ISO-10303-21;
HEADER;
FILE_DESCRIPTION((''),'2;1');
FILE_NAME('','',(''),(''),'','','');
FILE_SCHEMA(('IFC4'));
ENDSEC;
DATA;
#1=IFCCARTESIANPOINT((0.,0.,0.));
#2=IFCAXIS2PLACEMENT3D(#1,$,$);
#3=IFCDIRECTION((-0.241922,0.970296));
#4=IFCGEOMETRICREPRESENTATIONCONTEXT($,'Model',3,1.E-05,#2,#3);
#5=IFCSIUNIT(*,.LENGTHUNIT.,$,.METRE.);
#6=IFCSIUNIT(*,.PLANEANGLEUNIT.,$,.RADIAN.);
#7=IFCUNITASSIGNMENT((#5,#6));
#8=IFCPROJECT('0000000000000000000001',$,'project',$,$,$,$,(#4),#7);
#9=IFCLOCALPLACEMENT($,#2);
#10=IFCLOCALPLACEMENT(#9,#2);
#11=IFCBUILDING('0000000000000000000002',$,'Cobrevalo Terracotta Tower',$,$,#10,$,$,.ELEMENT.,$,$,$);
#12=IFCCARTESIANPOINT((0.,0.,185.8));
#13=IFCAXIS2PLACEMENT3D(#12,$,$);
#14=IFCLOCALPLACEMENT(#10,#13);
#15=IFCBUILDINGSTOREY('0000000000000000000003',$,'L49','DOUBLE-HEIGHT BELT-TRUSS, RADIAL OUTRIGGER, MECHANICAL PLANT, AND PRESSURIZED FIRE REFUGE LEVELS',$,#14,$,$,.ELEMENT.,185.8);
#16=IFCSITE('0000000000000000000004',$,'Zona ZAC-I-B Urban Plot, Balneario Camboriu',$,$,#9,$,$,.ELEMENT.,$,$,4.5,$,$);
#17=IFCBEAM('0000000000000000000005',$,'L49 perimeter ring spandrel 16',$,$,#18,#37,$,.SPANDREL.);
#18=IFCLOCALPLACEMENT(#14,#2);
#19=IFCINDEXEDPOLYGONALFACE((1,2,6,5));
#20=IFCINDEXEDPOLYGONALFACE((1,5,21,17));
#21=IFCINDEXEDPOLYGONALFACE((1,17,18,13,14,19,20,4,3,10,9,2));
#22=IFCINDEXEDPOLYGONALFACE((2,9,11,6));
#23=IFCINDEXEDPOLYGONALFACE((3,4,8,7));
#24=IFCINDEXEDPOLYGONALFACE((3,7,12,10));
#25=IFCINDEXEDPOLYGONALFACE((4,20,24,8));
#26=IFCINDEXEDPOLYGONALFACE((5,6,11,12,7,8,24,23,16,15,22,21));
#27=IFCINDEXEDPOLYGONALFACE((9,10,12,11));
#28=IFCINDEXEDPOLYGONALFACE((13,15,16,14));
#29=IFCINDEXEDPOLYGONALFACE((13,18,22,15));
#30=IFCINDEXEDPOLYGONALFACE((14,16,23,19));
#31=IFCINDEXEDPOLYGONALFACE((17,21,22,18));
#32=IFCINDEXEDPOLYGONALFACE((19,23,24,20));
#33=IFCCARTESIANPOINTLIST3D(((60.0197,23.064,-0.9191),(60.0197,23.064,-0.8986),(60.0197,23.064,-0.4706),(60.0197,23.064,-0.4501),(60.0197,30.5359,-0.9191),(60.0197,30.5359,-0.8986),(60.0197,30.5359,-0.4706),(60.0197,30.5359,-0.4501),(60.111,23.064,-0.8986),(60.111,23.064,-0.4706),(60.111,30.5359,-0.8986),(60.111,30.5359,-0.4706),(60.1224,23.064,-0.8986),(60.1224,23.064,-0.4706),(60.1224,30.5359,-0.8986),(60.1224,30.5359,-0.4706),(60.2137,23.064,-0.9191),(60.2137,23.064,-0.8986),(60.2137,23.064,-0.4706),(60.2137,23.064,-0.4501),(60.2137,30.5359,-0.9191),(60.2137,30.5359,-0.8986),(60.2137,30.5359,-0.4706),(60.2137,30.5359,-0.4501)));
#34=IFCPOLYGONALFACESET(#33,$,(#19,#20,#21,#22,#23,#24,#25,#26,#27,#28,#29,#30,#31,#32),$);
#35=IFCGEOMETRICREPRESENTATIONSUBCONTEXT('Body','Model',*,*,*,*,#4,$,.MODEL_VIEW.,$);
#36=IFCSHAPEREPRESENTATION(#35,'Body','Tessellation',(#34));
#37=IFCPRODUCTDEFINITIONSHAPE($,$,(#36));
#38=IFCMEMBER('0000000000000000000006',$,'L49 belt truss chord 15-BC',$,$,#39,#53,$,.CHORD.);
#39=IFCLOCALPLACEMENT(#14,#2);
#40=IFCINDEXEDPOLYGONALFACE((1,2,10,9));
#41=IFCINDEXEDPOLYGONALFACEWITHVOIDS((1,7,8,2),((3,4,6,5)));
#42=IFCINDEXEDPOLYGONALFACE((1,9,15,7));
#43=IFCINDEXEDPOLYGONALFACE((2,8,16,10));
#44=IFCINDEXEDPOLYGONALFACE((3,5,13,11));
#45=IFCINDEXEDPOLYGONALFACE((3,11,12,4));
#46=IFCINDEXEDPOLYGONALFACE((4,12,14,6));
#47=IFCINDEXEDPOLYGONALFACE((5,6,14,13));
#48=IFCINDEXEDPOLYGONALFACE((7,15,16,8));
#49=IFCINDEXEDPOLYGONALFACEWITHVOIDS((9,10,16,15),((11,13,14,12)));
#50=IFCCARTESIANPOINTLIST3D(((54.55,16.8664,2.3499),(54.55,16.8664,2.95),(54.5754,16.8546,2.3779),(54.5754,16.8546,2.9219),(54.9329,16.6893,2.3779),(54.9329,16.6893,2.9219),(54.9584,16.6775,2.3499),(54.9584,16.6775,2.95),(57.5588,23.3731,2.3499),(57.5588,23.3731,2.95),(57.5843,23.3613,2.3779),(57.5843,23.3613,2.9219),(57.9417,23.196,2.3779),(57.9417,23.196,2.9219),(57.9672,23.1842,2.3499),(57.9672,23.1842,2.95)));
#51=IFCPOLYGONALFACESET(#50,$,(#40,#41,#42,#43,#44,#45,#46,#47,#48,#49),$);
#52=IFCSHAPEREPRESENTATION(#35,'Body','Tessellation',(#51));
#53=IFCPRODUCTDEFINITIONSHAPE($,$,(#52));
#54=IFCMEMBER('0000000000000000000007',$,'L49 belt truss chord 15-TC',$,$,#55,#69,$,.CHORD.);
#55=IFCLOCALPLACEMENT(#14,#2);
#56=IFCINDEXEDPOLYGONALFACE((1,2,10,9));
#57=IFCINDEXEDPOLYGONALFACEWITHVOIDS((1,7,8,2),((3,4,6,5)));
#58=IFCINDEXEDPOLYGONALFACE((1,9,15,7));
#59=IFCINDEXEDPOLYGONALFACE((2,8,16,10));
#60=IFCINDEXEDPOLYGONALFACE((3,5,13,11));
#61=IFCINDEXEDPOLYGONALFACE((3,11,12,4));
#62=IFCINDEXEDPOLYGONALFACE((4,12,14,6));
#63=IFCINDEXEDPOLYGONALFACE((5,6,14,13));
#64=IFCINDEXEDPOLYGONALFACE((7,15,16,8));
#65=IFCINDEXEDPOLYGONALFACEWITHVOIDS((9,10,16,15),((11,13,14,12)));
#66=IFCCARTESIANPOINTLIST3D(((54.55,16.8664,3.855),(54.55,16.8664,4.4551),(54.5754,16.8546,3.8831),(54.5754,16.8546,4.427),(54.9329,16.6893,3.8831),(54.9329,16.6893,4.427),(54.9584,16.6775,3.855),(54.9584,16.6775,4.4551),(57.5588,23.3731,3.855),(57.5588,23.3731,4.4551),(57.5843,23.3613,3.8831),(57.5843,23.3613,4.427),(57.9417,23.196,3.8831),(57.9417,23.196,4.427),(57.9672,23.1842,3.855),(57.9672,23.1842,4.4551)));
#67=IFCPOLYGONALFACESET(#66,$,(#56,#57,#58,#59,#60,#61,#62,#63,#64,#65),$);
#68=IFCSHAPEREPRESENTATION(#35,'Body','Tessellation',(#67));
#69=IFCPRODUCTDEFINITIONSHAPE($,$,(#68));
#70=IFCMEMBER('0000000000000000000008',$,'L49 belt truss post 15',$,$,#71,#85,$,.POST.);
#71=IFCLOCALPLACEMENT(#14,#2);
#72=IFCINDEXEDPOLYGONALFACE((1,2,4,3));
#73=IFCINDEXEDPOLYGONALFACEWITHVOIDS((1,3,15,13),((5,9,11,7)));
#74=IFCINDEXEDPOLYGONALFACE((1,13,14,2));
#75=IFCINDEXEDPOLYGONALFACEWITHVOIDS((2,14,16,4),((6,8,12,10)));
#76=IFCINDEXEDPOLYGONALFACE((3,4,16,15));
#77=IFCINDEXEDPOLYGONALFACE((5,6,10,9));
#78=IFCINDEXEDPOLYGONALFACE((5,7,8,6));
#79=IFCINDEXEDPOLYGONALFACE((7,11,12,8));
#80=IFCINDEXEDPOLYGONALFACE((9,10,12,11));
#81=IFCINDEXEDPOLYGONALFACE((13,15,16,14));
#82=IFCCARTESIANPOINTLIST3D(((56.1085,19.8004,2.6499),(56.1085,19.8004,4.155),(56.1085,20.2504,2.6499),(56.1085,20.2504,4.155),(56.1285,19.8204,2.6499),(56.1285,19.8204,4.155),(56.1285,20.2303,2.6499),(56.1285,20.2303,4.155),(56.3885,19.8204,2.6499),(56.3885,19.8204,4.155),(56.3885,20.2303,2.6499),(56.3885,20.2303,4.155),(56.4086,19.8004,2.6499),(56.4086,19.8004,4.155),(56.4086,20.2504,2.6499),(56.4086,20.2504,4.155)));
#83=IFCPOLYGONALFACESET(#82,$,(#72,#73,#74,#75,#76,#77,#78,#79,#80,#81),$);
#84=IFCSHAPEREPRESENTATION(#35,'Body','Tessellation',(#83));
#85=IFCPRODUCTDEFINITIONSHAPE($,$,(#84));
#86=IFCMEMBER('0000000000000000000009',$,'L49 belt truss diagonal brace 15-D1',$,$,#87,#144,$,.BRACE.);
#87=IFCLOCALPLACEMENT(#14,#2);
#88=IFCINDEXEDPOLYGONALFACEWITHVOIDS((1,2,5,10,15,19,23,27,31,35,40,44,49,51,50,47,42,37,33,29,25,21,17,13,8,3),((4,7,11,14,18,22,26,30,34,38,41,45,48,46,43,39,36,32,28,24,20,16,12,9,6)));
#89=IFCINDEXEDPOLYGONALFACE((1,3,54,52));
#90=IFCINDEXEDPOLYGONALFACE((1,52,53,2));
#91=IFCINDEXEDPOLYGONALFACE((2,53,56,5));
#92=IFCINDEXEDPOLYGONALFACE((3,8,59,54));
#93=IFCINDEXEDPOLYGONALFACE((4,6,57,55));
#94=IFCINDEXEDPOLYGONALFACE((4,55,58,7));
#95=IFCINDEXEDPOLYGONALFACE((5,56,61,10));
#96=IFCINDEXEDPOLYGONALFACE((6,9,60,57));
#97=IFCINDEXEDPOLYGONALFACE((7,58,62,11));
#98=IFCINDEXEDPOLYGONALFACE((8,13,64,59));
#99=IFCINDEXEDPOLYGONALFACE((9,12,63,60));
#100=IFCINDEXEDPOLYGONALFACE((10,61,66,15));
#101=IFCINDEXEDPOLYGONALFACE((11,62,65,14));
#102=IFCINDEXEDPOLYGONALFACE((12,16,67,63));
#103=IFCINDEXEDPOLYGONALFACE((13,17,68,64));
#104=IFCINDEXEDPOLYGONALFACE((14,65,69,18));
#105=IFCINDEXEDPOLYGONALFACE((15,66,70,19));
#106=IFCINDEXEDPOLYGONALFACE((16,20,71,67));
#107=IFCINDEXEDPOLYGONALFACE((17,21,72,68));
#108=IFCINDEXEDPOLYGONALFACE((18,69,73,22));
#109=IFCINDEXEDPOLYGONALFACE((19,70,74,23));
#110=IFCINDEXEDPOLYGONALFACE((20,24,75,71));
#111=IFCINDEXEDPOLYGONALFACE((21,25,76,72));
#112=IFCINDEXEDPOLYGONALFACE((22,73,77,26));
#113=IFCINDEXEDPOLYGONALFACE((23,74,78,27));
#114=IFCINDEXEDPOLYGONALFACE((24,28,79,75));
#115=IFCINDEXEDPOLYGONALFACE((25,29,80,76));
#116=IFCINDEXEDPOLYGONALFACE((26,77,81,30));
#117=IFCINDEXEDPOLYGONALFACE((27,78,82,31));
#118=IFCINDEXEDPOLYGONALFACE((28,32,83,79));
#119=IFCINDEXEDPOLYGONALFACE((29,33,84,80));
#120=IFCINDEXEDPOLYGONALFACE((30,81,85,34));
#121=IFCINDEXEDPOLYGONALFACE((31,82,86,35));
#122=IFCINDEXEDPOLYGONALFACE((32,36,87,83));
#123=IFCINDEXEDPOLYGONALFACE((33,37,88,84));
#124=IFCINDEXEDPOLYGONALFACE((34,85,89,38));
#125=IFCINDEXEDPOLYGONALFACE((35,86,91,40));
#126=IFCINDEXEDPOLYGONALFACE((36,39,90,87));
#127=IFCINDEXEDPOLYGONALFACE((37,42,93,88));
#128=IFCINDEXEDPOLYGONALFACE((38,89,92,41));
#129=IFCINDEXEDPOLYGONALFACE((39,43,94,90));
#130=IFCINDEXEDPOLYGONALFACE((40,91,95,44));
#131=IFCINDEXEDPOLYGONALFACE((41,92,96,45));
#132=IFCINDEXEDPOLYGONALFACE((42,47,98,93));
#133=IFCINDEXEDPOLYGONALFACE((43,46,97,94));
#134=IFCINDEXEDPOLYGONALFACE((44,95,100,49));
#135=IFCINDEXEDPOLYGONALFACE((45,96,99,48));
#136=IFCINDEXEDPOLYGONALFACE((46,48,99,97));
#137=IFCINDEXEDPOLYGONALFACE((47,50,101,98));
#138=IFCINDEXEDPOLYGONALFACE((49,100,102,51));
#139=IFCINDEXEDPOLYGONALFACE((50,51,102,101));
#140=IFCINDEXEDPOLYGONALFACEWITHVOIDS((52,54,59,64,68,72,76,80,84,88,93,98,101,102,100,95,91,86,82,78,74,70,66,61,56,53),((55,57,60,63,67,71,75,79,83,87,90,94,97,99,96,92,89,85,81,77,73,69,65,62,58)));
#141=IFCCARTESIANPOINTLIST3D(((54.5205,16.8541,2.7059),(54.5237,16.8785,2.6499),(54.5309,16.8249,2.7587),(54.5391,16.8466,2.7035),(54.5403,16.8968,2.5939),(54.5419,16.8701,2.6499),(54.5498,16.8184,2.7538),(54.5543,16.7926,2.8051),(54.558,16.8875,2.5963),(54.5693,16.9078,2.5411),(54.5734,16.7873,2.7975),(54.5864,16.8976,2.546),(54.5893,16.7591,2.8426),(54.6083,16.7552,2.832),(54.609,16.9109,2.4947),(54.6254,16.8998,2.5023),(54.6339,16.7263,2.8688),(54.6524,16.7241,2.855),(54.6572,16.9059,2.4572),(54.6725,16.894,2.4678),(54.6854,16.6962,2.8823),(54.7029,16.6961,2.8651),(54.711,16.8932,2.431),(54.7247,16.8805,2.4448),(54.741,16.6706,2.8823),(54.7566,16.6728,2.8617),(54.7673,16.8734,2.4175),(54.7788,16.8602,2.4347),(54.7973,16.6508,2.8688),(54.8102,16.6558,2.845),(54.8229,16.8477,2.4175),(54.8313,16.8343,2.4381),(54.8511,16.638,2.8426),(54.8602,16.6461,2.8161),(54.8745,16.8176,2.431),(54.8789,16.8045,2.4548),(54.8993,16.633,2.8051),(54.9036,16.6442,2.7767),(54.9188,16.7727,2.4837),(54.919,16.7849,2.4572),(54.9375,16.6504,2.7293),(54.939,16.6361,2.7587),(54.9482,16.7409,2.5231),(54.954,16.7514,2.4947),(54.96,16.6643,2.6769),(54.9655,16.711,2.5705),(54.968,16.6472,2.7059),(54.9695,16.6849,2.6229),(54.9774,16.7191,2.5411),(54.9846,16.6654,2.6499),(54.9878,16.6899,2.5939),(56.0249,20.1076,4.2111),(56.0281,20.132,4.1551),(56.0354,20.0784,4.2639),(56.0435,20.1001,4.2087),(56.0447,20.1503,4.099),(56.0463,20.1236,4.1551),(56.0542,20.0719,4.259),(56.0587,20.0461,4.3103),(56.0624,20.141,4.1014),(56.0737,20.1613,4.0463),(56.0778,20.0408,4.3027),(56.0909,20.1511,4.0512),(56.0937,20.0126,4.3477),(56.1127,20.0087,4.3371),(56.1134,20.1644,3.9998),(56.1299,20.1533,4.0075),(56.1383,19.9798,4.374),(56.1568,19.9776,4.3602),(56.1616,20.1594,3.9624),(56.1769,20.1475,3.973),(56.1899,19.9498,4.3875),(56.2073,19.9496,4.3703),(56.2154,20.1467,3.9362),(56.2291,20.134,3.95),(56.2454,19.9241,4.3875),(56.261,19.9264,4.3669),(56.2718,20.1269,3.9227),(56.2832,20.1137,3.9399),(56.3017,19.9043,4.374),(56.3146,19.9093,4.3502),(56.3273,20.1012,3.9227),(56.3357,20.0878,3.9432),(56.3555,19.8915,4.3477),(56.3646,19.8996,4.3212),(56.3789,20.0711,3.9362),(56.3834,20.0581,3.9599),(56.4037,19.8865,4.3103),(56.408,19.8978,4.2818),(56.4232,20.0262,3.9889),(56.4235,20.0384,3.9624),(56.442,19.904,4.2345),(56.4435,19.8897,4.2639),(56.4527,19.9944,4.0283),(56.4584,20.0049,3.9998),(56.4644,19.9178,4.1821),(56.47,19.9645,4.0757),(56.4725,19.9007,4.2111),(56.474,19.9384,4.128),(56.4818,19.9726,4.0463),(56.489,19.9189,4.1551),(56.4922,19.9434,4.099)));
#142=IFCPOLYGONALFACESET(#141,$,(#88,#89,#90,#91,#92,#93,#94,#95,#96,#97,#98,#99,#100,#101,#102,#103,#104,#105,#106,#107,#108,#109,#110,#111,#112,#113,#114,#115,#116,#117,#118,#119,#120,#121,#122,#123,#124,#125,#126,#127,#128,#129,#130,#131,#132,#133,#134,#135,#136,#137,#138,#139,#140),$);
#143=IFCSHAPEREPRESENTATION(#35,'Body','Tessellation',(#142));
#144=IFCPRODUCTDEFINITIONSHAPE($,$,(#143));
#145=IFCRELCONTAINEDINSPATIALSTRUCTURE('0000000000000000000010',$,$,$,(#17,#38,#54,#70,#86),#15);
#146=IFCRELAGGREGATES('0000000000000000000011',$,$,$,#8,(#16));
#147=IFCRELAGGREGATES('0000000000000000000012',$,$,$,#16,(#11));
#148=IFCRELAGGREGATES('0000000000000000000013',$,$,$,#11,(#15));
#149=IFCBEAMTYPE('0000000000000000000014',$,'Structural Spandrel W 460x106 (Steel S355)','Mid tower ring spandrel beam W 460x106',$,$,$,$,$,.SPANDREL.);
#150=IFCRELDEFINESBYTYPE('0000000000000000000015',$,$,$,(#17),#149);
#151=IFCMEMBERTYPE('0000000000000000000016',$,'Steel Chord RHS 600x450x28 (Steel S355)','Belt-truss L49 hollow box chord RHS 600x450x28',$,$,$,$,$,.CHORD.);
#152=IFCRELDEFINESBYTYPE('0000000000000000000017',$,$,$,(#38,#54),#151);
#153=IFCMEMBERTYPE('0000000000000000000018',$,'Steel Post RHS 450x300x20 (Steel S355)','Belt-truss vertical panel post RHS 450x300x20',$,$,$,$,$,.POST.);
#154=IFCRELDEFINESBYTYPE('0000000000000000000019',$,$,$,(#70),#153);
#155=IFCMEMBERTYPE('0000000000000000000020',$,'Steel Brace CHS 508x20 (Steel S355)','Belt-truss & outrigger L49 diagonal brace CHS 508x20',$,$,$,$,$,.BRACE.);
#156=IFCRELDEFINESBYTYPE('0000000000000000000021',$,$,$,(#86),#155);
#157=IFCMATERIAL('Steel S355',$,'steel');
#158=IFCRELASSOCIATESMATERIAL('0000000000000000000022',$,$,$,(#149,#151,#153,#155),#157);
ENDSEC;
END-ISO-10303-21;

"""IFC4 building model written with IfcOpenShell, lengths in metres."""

from ifc_helpers import new_model, si_unit, direction, frame, origin, origin_2d, place, context, subcontext, project, spatial, hollow_rectangle, hollow_circle, i_section, extrude, source, transform, mapped, material, material_profile, profile_set, type_object, element, save


model = new_model("IFC4")

# Units and contexts
model_context = context("Model", 3, precision=1e-05, world=origin(), true_north=direction((-0.241922, 0.970296)))
body_context = subcontext(model_context, "Body", "Model", "MODEL_VIEW")
ifc_project = project(units=[si_unit("LENGTHUNIT", "METRE"), si_unit("PLANEANGLEUNIT", "RADIAN")], contexts=[model_context])

# Site, building, storey
site_placement = place(None, origin())
site = spatial("IfcSite", under=ifc_project, at=site_placement, Name="Zona ZAC-I-B Urban Plot, Balneario Camboriu", CompositionType="ELEMENT", RefElevation=4.5)
building_placement = place(site_placement, origin())
building = spatial("IfcBuilding", under=site, at=building_placement, Name="Cobrevalo Terracotta Tower", CompositionType="ELEMENT")
storey_placement = place(building_placement, frame((0.0, 0.0, 185.8)))
storey = spatial("IfcBuildingStorey", under=building, at=storey_placement, Name="L49", Description="DOUBLE-HEIGHT BELT-TRUSS, RADIAL OUTRIGGER, MECHANICAL PLANT, AND PRESSURIZED FIRE REFUGE LEVELS", CompositionType="ELEMENT", Elevation=185.8)

# Shared definitions
ifc_material_1 = material(Name="Steel S355", Category="steel")

# Beam
ifc_material_profile_1 = material_profile(ifc_material_1, i_section(OverallWidth=0.1941, OverallDepth=0.469, WebThickness=0.0115, FlangeThickness=0.0205, at=origin_2d()), Name="W 460x106")
ifc_profile_set_1 = profile_set([ifc_material_profile_1], Name="Steel S355")
beam_type_1 = type_object("IfcBeamType", Name="Structural Spandrel W 460x106 (Steel S355)", Description="Mid tower ring spandrel beam W 460x106", PredefinedType="SPANDREL", material=ifc_profile_set_1)
beam_1_placement = place(storey_placement, frame((60.1167, 23.064, -0.6846), z_axis=(0.0, 1.0, 0.0), x_axis=(-1.0, 0.0, 0.0)))
element("IfcBeam", 1, at=beam_1_placement, inside=storey, type_object=beam_type_1, Name="L49 perimeter ring spandrel 16", PredefinedType="SPANDREL", context=body_context, shape_type="SweptSolid", body=[
    extrude(i_section(OverallWidth=0.1941, OverallDepth=0.469, WebThickness=0.0115, FlangeThickness=0.0205, at=origin_2d()), origin(), (0.0, 0.0, 1.0), 7.4719),
])

# Members
ifc_material_profile_2 = material_profile(ifc_material_1, hollow_rectangle(XDim=0.45, YDim=0.6001, WallThickness=0.0281, at=origin_2d()), Name="RHS 600x450x28")
ifc_profile_set_2 = profile_set([ifc_material_profile_2], Name="Steel S355")
member_type_1 = type_object("IfcMemberType", Name="Steel Chord RHS 600x450x28 (Steel S355)", Description="Belt-truss L49 hollow box chord RHS 600x450x28", PredefinedType="CHORD", material=ifc_profile_set_2)
shared_shape_1 = source(origin(), body_context, "Body", "SweptSolid", [
    extrude(hollow_rectangle(XDim=0.45, YDim=0.6001, WallThickness=0.0281, at=origin_2d()), origin(), (0.0, 0.0, 1.0), 7.1687),
])
for number, where, z_axis, x_axis, name in (
    (2, (54.7542, 16.772, 2.6499), (0.419719, 0.907654, 0.0), (-0.907654, 0.419719, 0.0), "L49 belt truss chord 15-BC"),
    (3, (54.7542, 16.772, 4.155), (0.419719, 0.907654, 0.0), (-0.907654, 0.419719, 0.0), "L49 belt truss chord 15-TC"),
):
    element("IfcMember", number, at=place(storey_placement, frame(where, z_axis=z_axis, x_axis=x_axis)), inside=storey, type_object=member_type_1, Name=name, PredefinedType="CHORD", context=body_context, shape_type="MappedRepresentation", body=[
        mapped(shared_shape_1, transform((0.0, 0.0, 0.0), scale=1.0)),
    ])
ifc_material_profile_3 = material_profile(ifc_material_1, hollow_rectangle(XDim=0.3, YDim=0.45, WallThickness=0.02, at=origin_2d()), Name="RHS 450x300x20")
ifc_profile_set_3 = profile_set([ifc_material_profile_3], Name="Steel S355")
member_type_2 = type_object("IfcMemberType", Name="Steel Post RHS 450x300x20 (Steel S355)", Description="Belt-truss vertical panel post RHS 450x300x20", PredefinedType="POST", material=ifc_profile_set_3)
shared_shape_2 = source(origin(), body_context, "Body", "SweptSolid", [
    extrude(hollow_rectangle(XDim=0.3, YDim=0.45, WallThickness=0.02, at=origin_2d()), origin(), (0.0, 0.0, 1.0), 1.5051),
])
member_1_placement = place(storey_placement, frame((56.2585, 20.0254, 2.6499), z_axis=(0.0, 0.0, 1.0), x_axis=(1.0, 0.0, 0.0)))
element("IfcMember", 4, at=member_1_placement, inside=storey, type_object=member_type_2, Name="L49 belt truss post 15", PredefinedType="POST", context=body_context, shape_type="MappedRepresentation", body=[
    mapped(shared_shape_2, transform((0.0, 0.0, 0.0), scale=1.0)),
])
ifc_material_profile_4 = material_profile(ifc_material_1, hollow_circle(Radius=0.2539, WallThickness=0.02, at=origin_2d()), Name="CHS 508x20")
ifc_profile_set_4 = profile_set([ifc_material_profile_4], Name="Steel S355")
member_type_3 = type_object("IfcMemberType", Name="Steel Brace CHS 508x20 (Steel S355)", Description="Belt-truss & outrigger L49 diagonal brace CHS 508x20", PredefinedType="BRACE", material=ifc_profile_set_4)
shared_shape_3 = source(origin(), body_context, "Body", "SweptSolid", [
    extrude(hollow_circle(Radius=0.2539, WallThickness=0.02, at=origin_2d()), origin(), (0.0, 0.0, 1.0), 3.8877),
])
member_2_placement = place(storey_placement, frame((54.7542, 16.772, 2.6499), z_axis=(0.386974, 0.836873, 0.387162), x_axis=(-0.90766, 0.419706, 0.0)))
element("IfcMember", 5, at=member_2_placement, inside=storey, type_object=member_type_3, Name="L49 belt truss diagonal brace 15-D1", PredefinedType="BRACE", context=body_context, shape_type="MappedRepresentation", body=[
    mapped(shared_shape_3, transform((0.0, 0.0, 0.0), scale=1.0)),
])

save(model, "model.ifc")
